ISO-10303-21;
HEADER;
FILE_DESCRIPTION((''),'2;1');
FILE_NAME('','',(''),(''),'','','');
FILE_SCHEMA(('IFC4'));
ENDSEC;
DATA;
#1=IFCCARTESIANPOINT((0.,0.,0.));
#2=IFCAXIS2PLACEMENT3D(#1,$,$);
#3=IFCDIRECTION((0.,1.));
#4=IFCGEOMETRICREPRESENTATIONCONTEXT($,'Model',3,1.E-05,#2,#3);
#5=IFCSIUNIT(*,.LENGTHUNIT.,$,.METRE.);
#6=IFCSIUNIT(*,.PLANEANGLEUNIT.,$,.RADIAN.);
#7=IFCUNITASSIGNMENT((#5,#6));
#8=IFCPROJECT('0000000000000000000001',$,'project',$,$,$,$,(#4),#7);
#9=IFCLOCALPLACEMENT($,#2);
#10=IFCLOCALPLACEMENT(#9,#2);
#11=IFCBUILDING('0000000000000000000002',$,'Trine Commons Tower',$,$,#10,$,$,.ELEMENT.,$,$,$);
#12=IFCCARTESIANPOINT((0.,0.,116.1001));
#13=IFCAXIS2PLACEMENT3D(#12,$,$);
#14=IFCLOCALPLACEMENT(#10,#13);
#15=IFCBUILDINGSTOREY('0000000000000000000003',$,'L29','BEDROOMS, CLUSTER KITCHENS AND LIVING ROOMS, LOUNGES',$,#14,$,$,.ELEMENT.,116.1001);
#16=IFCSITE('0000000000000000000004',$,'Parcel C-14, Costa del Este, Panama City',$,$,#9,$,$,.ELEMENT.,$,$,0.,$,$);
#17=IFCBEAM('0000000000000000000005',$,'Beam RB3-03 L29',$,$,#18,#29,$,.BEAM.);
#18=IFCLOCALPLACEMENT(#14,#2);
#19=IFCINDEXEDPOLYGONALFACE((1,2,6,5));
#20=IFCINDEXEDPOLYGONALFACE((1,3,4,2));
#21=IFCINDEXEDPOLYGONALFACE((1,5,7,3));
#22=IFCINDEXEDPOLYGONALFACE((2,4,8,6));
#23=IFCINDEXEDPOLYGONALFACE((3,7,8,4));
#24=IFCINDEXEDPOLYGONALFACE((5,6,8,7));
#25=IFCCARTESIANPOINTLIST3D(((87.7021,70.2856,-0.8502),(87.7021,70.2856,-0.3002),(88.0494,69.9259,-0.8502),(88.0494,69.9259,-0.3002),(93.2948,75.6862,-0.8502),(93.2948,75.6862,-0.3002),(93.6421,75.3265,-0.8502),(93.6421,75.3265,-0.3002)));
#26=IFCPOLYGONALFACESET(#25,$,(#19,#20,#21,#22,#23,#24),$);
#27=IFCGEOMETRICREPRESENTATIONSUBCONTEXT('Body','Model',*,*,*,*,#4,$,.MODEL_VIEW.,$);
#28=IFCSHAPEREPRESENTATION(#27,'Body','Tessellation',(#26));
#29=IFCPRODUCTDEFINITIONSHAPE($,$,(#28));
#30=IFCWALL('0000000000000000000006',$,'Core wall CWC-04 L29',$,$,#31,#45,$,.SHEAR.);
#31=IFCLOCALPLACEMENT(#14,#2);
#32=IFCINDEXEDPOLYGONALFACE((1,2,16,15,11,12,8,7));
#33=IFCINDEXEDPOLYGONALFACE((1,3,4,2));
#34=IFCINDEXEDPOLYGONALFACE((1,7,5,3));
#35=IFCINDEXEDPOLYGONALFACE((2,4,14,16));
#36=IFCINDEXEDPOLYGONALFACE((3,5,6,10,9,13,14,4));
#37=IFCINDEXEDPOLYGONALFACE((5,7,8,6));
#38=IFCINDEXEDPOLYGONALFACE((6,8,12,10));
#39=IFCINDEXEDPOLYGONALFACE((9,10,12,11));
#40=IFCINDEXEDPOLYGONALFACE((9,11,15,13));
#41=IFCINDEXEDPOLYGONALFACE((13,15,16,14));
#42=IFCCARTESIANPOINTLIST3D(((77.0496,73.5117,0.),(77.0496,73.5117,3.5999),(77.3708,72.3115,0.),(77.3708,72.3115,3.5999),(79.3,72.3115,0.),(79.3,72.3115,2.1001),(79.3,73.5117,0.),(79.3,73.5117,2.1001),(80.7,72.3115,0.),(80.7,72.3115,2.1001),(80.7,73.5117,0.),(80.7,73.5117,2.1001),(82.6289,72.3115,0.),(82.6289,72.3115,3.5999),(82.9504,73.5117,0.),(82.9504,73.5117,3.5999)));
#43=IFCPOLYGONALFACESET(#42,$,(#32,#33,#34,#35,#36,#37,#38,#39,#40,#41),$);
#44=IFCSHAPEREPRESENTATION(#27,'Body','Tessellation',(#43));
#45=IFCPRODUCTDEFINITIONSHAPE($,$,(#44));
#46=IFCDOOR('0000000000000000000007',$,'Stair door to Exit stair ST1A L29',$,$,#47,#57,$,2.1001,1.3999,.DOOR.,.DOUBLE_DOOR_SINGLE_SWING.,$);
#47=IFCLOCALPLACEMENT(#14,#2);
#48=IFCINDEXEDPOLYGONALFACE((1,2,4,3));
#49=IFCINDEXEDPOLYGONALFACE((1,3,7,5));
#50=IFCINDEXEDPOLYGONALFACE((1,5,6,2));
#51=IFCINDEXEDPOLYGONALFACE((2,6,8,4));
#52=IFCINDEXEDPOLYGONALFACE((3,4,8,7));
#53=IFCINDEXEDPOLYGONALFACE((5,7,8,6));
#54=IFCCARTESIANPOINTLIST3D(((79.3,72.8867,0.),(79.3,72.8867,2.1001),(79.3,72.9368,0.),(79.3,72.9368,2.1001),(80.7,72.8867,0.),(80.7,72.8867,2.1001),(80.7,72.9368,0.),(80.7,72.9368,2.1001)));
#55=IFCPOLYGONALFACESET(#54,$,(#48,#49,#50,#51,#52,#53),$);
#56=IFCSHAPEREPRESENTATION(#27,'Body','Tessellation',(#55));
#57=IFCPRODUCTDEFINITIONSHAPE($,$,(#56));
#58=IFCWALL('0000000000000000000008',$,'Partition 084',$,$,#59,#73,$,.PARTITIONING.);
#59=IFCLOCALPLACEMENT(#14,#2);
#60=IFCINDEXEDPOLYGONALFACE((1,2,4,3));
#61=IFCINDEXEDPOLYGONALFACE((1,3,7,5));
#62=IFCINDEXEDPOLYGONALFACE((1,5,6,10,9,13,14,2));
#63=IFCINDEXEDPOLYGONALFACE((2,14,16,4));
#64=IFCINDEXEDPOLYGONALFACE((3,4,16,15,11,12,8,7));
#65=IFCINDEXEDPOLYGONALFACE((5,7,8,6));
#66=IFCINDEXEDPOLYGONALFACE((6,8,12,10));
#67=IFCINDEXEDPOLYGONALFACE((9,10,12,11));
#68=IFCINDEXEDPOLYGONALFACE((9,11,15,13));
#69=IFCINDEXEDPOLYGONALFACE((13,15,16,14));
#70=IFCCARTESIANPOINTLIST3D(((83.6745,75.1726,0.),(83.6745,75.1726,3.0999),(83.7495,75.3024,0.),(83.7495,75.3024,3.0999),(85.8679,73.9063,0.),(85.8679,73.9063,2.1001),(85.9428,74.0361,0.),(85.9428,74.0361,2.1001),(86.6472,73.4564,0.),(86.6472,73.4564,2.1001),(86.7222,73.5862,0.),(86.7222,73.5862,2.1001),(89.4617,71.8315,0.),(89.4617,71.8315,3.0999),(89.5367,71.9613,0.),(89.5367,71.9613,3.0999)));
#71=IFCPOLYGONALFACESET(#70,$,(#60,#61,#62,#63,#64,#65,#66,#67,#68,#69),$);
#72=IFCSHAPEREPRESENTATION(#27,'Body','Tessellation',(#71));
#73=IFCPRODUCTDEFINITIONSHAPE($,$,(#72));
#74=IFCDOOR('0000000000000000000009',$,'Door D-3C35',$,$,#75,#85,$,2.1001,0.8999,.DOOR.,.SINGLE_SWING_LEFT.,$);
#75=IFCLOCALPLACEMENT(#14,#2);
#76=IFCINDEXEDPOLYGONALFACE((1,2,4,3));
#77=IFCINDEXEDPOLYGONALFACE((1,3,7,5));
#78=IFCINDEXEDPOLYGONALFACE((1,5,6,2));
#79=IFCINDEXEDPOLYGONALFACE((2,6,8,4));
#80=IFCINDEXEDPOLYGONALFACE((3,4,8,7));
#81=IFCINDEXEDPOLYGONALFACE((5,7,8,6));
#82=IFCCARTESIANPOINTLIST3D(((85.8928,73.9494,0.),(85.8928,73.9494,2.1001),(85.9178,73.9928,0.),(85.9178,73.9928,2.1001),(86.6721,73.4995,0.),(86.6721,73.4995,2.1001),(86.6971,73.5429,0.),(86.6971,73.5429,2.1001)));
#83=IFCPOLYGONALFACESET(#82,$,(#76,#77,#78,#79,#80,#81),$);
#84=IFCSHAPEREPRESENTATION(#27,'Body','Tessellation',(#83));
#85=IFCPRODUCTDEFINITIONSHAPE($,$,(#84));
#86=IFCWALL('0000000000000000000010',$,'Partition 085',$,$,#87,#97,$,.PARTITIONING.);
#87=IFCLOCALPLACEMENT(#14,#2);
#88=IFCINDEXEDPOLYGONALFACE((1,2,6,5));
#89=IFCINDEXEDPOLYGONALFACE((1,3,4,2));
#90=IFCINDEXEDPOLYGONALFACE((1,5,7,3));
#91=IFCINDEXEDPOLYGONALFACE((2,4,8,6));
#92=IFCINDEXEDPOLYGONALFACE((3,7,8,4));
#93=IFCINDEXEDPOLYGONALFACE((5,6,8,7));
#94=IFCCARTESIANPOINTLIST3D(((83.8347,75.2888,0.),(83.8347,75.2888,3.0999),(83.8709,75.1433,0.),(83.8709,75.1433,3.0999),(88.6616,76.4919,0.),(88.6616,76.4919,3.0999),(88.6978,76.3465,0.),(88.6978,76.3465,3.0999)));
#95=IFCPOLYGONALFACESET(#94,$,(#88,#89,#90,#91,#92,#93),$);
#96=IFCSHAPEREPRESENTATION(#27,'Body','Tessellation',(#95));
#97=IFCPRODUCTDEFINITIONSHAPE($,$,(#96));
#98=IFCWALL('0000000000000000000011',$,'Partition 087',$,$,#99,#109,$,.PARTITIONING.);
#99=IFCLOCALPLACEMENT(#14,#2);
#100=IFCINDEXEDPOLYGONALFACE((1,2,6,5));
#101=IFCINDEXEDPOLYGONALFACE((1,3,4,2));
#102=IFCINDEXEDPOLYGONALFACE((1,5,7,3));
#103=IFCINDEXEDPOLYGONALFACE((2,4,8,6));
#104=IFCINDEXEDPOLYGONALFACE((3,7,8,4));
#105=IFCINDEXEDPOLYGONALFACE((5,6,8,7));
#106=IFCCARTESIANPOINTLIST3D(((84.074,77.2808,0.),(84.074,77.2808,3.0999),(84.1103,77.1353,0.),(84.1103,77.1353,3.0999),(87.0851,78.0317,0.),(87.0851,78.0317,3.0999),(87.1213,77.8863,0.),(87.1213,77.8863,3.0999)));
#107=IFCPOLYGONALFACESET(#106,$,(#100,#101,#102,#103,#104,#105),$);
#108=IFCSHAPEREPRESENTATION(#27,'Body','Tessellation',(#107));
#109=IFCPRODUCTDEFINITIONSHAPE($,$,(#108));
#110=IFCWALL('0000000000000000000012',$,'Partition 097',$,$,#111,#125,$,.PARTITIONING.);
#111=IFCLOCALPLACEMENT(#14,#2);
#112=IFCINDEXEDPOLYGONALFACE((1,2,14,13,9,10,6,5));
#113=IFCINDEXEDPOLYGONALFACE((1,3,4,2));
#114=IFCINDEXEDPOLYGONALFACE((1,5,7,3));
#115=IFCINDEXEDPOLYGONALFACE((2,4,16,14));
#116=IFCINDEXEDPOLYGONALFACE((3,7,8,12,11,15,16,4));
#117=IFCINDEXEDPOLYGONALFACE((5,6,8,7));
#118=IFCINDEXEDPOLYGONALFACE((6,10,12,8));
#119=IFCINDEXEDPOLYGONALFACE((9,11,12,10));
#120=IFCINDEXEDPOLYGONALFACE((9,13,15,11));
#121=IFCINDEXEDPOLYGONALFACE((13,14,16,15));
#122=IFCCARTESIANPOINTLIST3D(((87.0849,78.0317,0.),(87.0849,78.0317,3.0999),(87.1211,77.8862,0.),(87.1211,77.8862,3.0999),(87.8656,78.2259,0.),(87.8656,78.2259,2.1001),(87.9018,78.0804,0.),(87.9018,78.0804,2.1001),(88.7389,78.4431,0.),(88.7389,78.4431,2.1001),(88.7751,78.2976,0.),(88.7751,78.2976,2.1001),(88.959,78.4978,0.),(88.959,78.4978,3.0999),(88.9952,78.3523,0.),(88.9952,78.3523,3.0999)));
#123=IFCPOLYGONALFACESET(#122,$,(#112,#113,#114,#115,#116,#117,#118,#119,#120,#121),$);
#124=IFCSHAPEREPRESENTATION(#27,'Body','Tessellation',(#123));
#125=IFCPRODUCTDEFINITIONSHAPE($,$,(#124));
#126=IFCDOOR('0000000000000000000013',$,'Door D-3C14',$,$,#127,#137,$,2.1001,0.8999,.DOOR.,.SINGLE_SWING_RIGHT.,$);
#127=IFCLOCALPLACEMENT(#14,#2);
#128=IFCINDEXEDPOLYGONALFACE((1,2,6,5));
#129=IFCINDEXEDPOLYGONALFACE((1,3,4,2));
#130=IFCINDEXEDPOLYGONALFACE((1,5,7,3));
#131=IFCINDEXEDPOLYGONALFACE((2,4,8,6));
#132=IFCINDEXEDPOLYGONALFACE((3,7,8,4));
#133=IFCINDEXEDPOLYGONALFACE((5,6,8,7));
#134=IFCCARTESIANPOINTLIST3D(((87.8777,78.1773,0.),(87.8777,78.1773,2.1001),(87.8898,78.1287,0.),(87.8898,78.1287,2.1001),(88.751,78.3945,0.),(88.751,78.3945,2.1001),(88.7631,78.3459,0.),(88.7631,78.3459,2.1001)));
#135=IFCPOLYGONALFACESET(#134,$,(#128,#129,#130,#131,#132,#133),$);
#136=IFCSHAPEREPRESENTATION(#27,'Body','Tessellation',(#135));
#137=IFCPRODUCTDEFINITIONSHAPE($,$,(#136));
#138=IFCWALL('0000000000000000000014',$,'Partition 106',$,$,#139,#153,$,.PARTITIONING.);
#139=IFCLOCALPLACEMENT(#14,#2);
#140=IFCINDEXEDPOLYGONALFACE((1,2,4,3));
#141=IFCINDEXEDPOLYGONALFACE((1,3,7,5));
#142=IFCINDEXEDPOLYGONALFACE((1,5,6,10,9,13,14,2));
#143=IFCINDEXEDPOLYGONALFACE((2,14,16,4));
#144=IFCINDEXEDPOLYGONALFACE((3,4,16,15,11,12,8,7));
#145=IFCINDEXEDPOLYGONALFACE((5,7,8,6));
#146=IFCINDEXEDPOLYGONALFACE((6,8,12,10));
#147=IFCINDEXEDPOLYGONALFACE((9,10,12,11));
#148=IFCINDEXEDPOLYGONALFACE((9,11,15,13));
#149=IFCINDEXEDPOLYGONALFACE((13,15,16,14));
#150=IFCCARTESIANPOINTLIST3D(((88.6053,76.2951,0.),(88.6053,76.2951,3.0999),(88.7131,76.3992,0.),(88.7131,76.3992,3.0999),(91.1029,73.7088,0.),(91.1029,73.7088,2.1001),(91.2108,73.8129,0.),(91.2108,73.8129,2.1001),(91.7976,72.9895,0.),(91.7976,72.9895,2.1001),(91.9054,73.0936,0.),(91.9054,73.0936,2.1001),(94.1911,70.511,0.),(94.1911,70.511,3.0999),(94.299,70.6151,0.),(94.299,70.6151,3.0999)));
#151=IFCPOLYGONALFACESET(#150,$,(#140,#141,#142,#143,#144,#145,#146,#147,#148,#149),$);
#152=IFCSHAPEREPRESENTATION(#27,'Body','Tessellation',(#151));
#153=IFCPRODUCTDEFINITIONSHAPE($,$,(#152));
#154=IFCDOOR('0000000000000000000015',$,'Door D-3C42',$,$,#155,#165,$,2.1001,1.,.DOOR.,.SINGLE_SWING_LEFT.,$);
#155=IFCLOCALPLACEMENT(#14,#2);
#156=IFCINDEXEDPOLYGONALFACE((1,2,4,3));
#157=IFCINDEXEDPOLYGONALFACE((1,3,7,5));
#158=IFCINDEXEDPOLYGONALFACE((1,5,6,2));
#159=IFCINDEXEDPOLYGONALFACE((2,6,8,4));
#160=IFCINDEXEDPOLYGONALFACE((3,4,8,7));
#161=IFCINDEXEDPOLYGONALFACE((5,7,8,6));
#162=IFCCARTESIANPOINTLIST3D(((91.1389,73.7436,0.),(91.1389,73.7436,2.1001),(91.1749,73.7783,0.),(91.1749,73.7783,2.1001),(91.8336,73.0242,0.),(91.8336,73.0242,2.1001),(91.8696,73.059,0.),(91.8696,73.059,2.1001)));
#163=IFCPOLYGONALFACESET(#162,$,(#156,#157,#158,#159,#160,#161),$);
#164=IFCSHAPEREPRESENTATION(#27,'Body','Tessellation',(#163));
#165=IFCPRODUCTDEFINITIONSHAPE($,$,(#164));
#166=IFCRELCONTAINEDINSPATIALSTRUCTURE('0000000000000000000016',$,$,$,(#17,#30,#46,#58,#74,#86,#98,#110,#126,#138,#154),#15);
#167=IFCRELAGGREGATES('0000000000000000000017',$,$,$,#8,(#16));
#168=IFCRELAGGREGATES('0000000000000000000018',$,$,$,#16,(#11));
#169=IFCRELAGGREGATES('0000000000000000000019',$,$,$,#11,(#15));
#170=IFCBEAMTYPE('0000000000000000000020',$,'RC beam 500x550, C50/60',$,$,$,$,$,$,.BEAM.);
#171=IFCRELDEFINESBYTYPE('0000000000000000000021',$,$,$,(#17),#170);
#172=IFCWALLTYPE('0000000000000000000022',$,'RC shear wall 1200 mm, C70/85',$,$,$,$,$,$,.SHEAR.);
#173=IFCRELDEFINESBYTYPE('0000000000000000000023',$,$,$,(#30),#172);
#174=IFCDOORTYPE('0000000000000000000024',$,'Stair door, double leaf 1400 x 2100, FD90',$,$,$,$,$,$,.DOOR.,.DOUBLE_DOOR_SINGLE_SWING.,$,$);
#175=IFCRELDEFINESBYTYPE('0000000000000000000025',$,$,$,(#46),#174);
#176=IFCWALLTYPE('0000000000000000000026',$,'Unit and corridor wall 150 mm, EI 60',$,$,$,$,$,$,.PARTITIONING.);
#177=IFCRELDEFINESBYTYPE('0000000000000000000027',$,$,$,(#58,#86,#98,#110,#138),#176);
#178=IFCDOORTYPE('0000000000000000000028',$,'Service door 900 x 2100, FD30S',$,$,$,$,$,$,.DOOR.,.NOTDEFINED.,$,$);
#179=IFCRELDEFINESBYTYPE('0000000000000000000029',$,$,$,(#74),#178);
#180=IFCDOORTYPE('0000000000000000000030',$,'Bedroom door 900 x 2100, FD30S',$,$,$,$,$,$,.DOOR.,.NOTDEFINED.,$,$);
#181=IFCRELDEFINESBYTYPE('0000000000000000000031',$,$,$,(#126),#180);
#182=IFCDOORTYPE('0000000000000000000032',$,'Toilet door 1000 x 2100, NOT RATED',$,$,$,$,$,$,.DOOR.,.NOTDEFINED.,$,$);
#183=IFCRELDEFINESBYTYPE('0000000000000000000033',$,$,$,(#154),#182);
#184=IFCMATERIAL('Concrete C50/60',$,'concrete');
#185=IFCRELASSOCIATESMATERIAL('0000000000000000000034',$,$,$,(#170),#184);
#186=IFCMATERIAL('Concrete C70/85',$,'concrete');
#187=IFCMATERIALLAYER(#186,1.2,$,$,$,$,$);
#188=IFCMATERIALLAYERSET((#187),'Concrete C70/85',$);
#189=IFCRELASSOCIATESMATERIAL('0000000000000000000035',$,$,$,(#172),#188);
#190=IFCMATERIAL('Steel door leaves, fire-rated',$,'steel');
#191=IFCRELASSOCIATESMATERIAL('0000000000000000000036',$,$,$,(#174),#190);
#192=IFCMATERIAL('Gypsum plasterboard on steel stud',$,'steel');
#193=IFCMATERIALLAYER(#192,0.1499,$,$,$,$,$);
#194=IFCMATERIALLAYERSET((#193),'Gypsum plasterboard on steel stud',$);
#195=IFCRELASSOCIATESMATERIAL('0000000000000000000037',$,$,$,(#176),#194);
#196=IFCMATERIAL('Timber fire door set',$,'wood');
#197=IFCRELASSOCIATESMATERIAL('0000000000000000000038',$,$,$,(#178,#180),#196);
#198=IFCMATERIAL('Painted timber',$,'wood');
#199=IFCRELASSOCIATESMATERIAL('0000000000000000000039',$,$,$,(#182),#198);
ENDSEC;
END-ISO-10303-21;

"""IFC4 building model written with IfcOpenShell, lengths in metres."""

from ifc_helpers import new_model, si_unit, direction, frame, frame_2d, origin, origin_2d, place, context, subcontext, project, spatial, polyline, rectangle, outline, extrude, material, layer, layer_set, material_profile, profile_set, type_object, element, fill, save


model = new_model("IFC4")

# Units and contexts
model_context = context("Model", 3, precision=1e-05, world=origin(), true_north=direction((0.0, 1.0)))
body_context = subcontext(model_context, "Body", "Model", "MODEL_VIEW")
ifc_project = project(units=[si_unit("LENGTHUNIT", "METRE"), si_unit("PLANEANGLEUNIT", "RADIAN")], contexts=[model_context])

# Site, building, storey
site_placement = place(None, origin())
site = spatial("IfcSite", under=ifc_project, at=site_placement, Name="Parcel C-14, Costa del Este, Panama City", CompositionType="ELEMENT", RefElevation=0.0)
building_placement = place(site_placement, origin())
building = spatial("IfcBuilding", under=site, at=building_placement, Name="Trine Commons Tower", CompositionType="ELEMENT")
storey_placement = place(building_placement, frame((0.0, 0.0, 116.1001)))
storey = spatial("IfcBuildingStorey", under=building, at=storey_placement, Name="L29", Description="BEDROOMS, CLUSTER KITCHENS AND LIVING ROOMS, LOUNGES", CompositionType="ELEMENT", Elevation=116.1001)

# Beam
ifc_material_1 = material(Name="Concrete C50/60", Category="concrete")
ifc_material_profile = material_profile(ifc_material_1, rectangle(XDim=0.5, YDim=0.55, at=origin_2d()), Name="RC 500x550")
ifc_profile_set = profile_set([ifc_material_profile], Name="Concrete C50/60")
beam_type = type_object("IfcBeamType", Name="RC beam 500x550, C50/60", PredefinedType="BEAM", material=ifc_profile_set)
beam_placement = place(storey_placement, frame((87.8757, 70.1057, -0.5752), z_axis=(0.719355, 0.694642, 0.0), x_axis=(-0.694642, 0.719355, 0.0)))
element("IfcBeam", 1, at=beam_placement, inside=storey, type_object=beam_type, Name="Beam RB3-03 L29", PredefinedType="BEAM", context=body_context, shape_type="SweptSolid", body=[
    extrude(rectangle(XDim=0.5, YDim=0.55, at=origin_2d()), origin(), (0.0, 0.0, 1.0), 7.7747),
])

# Walls, openings, doors
ifc_material_2 = material(Name="Concrete C70/85", Category="concrete")
ifc_layer_1 = layer(ifc_material_2, 1.2)
ifc_layer_set_1 = layer_set([ifc_layer_1], Name="Concrete C70/85")
wall_type_1 = type_object("IfcWallType", Name="RC shear wall 1200 mm, C70/85", PredefinedType="SHEAR", material=ifc_layer_set_1)
wall_1_placement = place(storey_placement, frame((82.9504, 72.9116, 0.0), z_axis=(0.0, 0.0, 1.0), x_axis=(-1.0, 0.0, 0.0)))
wall_1 = element("IfcWall", 2, at=wall_1_placement, inside=storey, type_object=wall_type_1, Name="Core wall CWC-04 L29", PredefinedType="SHEAR", context=body_context, shape_type="SweptSolid", body=[
    extrude(outline(polyline([(0.0, -0.6001), (5.9009, -0.6001), (5.5796, 0.6001), (0.3215, 0.6001), (0.0, -0.6001)])), origin(), (0.0, 0.0, 1.0), 3.5999),
])
opening_1_placement = place(wall_1_placement, frame((2.2505, 0.0, 0.0)))
opening_1 = element("IfcOpeningElement", 3, at=opening_1_placement, cuts=wall_1, PredefinedType="OPENING", context=body_context, shape_type="SweptSolid", body=[
    extrude(rectangle(XDim=1.3999, YDim=2.1001, at=frame_2d((0.7, 1.05))), frame((0.0, 0.6099, 0.0), z_axis=(0.0, -1.0, 0.0), x_axis=(1.0, 0.0, 0.0)), (0.0, 0.0, 1.0), 1.22),
])
ifc_material_3 = material(Name="Steel door leaves, fire-rated", Category="steel")
door_type_1 = type_object("IfcDoorType", Name="Stair door, double leaf 1400 x 2100, FD90", OperationType="DOUBLE_DOOR_SINGLE_SWING", PredefinedType="DOOR", material=ifc_material_3)
door_1_placement = place(opening_1_placement, origin())
door_1 = element("IfcDoor", 4, at=door_1_placement, inside=storey, type_object=door_type_1, Name="Stair door to Exit stair ST1A L29", OperationType="DOUBLE_DOOR_SINGLE_SWING", OverallHeight=2.1001, OverallWidth=1.3999, PredefinedType="DOOR", context=body_context, shape_type="SweptSolid", body=[
    extrude(rectangle(XDim=1.3999, YDim=2.1001, at=frame_2d((0.7, 1.05))), frame((0.0, 0.0249, 0.0), z_axis=(0.0, -1.0, 0.0), x_axis=(1.0, 0.0, 0.0)), (0.0, 0.0, 1.0), 0.05),
])
fill(opening_1, door_1)
ifc_material_4 = material(Name="Gypsum plasterboard on steel stud", Category="steel")
ifc_layer_2 = layer(ifc_material_4, 0.1499)
ifc_layer_set_2 = layer_set([ifc_layer_2], Name="Gypsum plasterboard on steel stud")
wall_type_2 = type_object("IfcWallType", Name="Unit and corridor wall 150 mm, EI 60", PredefinedType="PARTITIONING", material=ifc_layer_set_2)
wall_2_placement = place(storey_placement, frame((83.7119, 75.2375, 0.0), z_axis=(0.0, 0.0, 1.0), x_axis=(0.866033, -0.499986, 0.0)))
wall_2 = element("IfcWall", 5, at=wall_2_placement, inside=storey, type_object=wall_type_2, Name="Partition 084", PredefinedType="PARTITIONING", context=body_context, shape_type="SweptSolid", body=[
    extrude(rectangle(XDim=6.6824, YDim=0.1499, at=frame_2d((3.3413, 0.0))), origin(), (0.0, 0.0, 1.0), 3.0999),
])
opening_2_placement = place(wall_2_placement, frame((2.5327, 0.0, 0.0)))
opening_2 = element("IfcOpeningElement", 6, at=opening_2_placement, cuts=wall_2, PredefinedType="OPENING", context=body_context, shape_type="SweptSolid", body=[
    extrude(rectangle(XDim=0.8999, YDim=2.1001, at=frame_2d((0.45, 1.05))), frame((0.0, 0.085, 0.0), z_axis=(0.0, -1.0, 0.0), x_axis=(1.0, 0.0, 0.0)), (0.0, 0.0, 1.0), 0.1699),
])
ifc_material_5 = material(Name="Timber fire door set", Category="wood")
door_type_2 = type_object("IfcDoorType", Name="Service door 900 x 2100, FD30S", OperationType="NOTDEFINED", PredefinedType="DOOR", material=ifc_material_5)
door_2_placement = place(opening_2_placement, origin())
door_2 = element("IfcDoor", 7, at=door_2_placement, inside=storey, type_object=door_type_2, Name="Door D-3C35", OperationType="SINGLE_SWING_LEFT", OverallHeight=2.1001, OverallWidth=0.8999, PredefinedType="DOOR", context=body_context, shape_type="SweptSolid", body=[
    extrude(rectangle(XDim=0.8999, YDim=2.1001, at=frame_2d((0.45, 1.05))), frame((0.0, 0.0249, 0.0), z_axis=(0.0, -1.0, 0.0), x_axis=(1.0, 0.0, 0.0)), (0.0, 0.0, 1.0), 0.05),
])
fill(opening_2, door_2)

# Walls
wall_3_placement = place(storey_placement, frame((83.8528, 75.2161, 0.0), z_axis=(0.0, 0.0, 1.0), x_axis=(0.970313, 0.241854, 0.0)))
element("IfcWall", 8, at=wall_3_placement, inside=storey, type_object=wall_type_2, Name="Partition 085", PredefinedType="PARTITIONING", context=body_context, shape_type="SweptSolid", body=[
    extrude(rectangle(XDim=4.9746, YDim=0.1499, at=frame_2d((2.4873, 0.0))), origin(), (0.0, 0.0, 1.0), 3.0999),
])
wall_4_placement = place(storey_placement, frame((84.092, 77.208, 0.0), z_axis=(0.0, 0.0, 1.0), x_axis=(0.970277, 0.241999, 0.0)))
element("IfcWall", 9, at=wall_4_placement, inside=storey, type_object=wall_type_2, Name="Partition 087", PredefinedType="PARTITIONING", context=body_context, shape_type="SweptSolid", body=[
    extrude(rectangle(XDim=3.1033, YDim=0.1499, at=frame_2d((1.5518, 0.0))), origin(), (0.0, 0.0, 1.0), 3.0999),
])

# Walls, openings, doors
wall_5_placement = place(storey_placement, frame((87.103, 77.959, 0.0), z_axis=(0.0, 0.0, 1.0), x_axis=(0.970439, 0.241346, 0.0)))
wall_5 = element("IfcWall", 10, at=wall_5_placement, inside=storey, type_object=wall_type_2, Name="Partition 097", PredefinedType="PARTITIONING", context=body_context, shape_type="SweptSolid", body=[
    extrude(rectangle(XDim=1.9312, YDim=0.1499, at=frame_2d((0.9656, 0.0))), origin(), (0.0, 0.0, 1.0), 3.0999),
])
opening_3_placement = place(wall_5_placement, frame((0.8044, 0.0, 0.0)))
opening_3 = element("IfcOpeningElement", 11, at=opening_3_placement, cuts=wall_5, PredefinedType="OPENING", context=body_context, shape_type="SweptSolid", body=[
    extrude(rectangle(XDim=0.8999, YDim=2.1001, at=frame_2d((0.45, 1.05))), frame((0.0, 0.085, 0.0), z_axis=(0.0, -1.0, 0.0), x_axis=(1.0, 0.0, 0.0)), (0.0, 0.0, 1.0), 0.1699),
])
door_type_3 = type_object("IfcDoorType", Name="Bedroom door 900 x 2100, FD30S", OperationType="NOTDEFINED", PredefinedType="DOOR", material=ifc_material_5)
door_3_placement = place(opening_3_placement, origin())
door_3 = element("IfcDoor", 12, at=door_3_placement, inside=storey, type_object=door_type_3, Name="Door D-3C14", OperationType="SINGLE_SWING_RIGHT", OverallHeight=2.1001, OverallWidth=0.8999, PredefinedType="DOOR", context=body_context, shape_type="SweptSolid", body=[
    extrude(rectangle(XDim=0.8999, YDim=2.1001, at=frame_2d((0.45, 1.05))), frame((0.0, 0.0249, 0.0), z_axis=(0.0, -1.0, 0.0), x_axis=(1.0, 0.0, 0.0)), (0.0, 0.0, 1.0), 0.05),
])
fill(opening_3, door_3)
wall_6_placement = place(storey_placement, frame((88.6592, 76.3472, 0.0), z_axis=(0.0, 0.0, 1.0), x_axis=(0.694673, -0.719326, 0.0)))
wall_6 = element("IfcWall", 13, at=wall_6_placement, inside=storey, type_object=wall_type_2, Name="Partition 106", PredefinedType="PARTITIONING", context=body_context, shape_type="SweptSolid", body=[
    extrude(rectangle(XDim=8.041, YDim=0.1499, at=frame_2d((4.0205, 0.0))), origin(), (0.0, 0.0, 1.0), 3.0999),
])
opening_4_placement = place(wall_6_placement, frame((3.5955, 0.0, 0.0)))
opening_4 = element("IfcOpeningElement", 14, at=opening_4_placement, cuts=wall_6, PredefinedType="OPENING", context=body_context, shape_type="SweptSolid", body=[
    extrude(rectangle(XDim=1.0, YDim=2.1001, at=frame_2d((0.5, 1.05))), frame((0.0, 0.085, 0.0), z_axis=(0.0, -1.0, 0.0), x_axis=(1.0, 0.0, 0.0)), (0.0, 0.0, 1.0), 0.1699),
])
ifc_material_6 = material(Name="Painted timber", Category="wood")
door_type_4 = type_object("IfcDoorType", Name="Toilet door 1000 x 2100, NOT RATED", OperationType="NOTDEFINED", PredefinedType="DOOR", material=ifc_material_6)
door_4_placement = place(opening_4_placement, frame((1.0, 0.0, 0.0), z_axis=(0.0, 0.0, 1.0), x_axis=(-1.0, 0.0, 0.0)))
door_4 = element("IfcDoor", 15, at=door_4_placement, inside=storey, type_object=door_type_4, Name="Door D-3C42", OperationType="SINGLE_SWING_LEFT", OverallHeight=2.1001, OverallWidth=1.0, PredefinedType="DOOR", context=body_context, shape_type="SweptSolid", body=[
    extrude(rectangle(XDim=1.0, YDim=2.1001, at=frame_2d((0.5, 1.05))), frame((0.0, 0.0249, 0.0), z_axis=(0.0, -1.0, 0.0), x_axis=(1.0, 0.0, 0.0)), (0.0, 0.0, 1.0), 0.05),
])
fill(opening_4, door_4)

save(model, "model.ifc")
